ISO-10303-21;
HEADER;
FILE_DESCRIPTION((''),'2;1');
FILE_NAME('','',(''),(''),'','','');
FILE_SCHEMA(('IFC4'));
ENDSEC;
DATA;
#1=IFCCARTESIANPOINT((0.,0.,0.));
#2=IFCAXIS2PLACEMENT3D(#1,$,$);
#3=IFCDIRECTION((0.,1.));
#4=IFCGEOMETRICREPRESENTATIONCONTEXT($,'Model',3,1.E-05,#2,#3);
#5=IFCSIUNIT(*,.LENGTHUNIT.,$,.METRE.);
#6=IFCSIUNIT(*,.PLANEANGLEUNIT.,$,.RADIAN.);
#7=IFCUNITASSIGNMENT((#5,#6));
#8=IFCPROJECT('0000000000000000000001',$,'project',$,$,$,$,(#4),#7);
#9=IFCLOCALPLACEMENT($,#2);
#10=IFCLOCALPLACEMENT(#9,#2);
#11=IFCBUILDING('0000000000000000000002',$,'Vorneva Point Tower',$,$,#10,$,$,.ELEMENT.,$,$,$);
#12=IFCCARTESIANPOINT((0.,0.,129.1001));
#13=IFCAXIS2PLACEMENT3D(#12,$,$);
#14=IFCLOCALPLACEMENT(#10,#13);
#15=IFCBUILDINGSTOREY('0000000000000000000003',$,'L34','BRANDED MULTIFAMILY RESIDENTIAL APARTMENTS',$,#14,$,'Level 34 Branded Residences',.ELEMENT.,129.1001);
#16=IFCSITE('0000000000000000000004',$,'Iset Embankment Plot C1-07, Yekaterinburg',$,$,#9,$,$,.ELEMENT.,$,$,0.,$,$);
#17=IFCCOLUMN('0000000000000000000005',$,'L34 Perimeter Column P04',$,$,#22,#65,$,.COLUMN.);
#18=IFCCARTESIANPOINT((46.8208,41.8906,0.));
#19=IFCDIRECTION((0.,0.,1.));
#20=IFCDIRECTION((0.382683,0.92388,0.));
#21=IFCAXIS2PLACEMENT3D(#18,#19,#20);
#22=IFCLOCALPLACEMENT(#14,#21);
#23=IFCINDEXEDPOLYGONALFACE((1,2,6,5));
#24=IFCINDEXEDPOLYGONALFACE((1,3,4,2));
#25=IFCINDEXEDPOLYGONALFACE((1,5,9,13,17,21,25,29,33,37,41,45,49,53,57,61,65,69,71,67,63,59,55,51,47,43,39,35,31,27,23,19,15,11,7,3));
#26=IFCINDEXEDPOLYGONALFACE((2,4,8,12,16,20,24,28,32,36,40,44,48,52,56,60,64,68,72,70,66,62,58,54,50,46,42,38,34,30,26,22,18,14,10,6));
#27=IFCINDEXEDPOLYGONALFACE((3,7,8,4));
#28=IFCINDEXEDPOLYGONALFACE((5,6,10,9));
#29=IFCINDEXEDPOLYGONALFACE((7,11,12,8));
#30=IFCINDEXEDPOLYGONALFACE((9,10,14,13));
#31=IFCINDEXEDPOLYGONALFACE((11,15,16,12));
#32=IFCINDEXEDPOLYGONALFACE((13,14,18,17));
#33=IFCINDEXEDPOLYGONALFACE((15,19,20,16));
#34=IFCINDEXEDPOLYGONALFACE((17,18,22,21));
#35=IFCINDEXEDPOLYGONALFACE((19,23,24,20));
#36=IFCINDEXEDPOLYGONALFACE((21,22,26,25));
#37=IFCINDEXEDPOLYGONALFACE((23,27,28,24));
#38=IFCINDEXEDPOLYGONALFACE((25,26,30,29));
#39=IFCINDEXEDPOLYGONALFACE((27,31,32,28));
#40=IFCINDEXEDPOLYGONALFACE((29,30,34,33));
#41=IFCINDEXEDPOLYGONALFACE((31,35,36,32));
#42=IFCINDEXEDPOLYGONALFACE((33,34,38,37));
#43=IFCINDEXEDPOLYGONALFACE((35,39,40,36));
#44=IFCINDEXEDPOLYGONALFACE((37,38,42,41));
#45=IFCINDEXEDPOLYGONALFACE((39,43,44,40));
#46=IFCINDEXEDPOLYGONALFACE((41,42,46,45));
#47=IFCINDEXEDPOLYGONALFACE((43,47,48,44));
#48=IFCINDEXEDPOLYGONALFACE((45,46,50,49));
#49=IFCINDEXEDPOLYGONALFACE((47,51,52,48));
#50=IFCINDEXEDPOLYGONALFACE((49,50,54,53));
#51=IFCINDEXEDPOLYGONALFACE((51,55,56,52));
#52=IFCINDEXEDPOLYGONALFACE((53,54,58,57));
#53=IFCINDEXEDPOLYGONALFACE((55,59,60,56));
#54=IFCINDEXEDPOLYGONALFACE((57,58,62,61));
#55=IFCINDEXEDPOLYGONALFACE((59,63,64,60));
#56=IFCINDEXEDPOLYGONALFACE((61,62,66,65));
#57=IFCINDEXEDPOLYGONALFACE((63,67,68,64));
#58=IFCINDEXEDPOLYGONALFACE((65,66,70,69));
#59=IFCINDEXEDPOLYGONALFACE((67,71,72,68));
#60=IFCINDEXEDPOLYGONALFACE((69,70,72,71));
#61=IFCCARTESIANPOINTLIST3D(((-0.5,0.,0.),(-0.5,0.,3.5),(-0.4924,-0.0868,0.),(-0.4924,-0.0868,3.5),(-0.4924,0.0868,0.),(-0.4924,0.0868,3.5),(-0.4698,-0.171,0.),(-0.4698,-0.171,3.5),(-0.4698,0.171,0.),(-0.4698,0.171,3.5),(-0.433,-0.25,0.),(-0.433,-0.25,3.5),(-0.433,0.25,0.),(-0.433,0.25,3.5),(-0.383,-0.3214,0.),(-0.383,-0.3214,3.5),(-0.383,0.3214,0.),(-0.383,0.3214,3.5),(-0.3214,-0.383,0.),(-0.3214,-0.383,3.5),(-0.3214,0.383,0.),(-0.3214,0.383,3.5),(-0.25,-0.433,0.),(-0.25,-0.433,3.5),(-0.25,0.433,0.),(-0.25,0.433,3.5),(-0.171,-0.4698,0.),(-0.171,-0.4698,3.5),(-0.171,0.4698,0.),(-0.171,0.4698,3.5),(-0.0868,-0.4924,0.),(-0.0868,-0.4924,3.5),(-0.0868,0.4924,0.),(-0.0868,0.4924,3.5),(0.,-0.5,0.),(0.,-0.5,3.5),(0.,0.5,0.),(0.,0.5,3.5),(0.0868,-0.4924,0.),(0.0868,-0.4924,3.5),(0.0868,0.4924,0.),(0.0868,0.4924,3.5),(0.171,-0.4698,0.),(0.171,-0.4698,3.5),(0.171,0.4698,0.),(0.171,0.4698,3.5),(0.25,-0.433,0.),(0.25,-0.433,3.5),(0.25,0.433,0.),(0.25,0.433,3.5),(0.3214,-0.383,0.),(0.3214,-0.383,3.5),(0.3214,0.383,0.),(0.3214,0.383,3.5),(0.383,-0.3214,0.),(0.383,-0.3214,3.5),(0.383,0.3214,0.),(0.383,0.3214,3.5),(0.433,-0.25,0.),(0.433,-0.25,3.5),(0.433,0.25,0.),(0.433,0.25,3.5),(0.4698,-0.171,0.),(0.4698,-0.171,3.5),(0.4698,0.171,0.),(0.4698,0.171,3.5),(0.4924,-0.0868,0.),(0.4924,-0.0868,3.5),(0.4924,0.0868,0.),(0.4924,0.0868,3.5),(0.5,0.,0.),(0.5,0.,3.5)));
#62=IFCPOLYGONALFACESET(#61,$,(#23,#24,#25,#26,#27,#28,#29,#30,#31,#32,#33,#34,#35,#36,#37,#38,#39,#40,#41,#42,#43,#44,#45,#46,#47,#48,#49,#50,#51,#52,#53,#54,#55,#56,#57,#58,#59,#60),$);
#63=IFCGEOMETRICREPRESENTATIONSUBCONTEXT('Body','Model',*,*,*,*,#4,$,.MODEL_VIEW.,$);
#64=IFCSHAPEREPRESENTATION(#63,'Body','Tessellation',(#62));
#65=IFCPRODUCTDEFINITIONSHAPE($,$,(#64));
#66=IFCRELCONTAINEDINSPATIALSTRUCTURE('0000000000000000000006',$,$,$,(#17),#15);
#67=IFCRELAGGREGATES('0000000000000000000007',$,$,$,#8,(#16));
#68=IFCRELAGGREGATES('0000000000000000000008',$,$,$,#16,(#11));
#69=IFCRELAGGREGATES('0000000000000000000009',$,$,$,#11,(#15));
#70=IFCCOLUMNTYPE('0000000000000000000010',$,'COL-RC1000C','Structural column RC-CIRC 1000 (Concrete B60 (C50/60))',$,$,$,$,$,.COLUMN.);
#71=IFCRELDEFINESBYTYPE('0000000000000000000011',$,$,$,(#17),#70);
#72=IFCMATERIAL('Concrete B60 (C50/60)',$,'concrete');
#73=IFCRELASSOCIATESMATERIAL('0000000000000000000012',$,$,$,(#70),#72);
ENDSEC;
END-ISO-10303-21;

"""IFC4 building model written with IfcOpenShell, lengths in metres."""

from ifc_helpers import new_model, si_unit, direction, frame, origin, origin_2d, place, context, subcontext, project, spatial, circle, extrude, material, material_profile, profile_set, type_object, element, save


model = new_model("IFC4")

# Units and contexts
model_context = context("Model", 3, precision=1e-05, world=origin(), true_north=direction((0.0, 1.0)))
body_context = subcontext(model_context, "Body", "Model", "MODEL_VIEW")
ifc_project = project(units=[si_unit("LENGTHUNIT", "METRE"), si_unit("PLANEANGLEUNIT", "RADIAN")], contexts=[model_context])

# Site, building, storey
site_placement = place(None, origin())
site = spatial("IfcSite", under=ifc_project, at=site_placement, Name="Iset Embankment Plot C1-07, Yekaterinburg", CompositionType="ELEMENT", RefElevation=0.0)
building_placement = place(site_placement, origin())
building = spatial("IfcBuilding", under=site, at=building_placement, Name="Vorneva Point Tower", CompositionType="ELEMENT")
storey_placement = place(building_placement, frame((0.0, 0.0, 129.1001)))
storey = spatial("IfcBuildingStorey", under=building, at=storey_placement, Name="L34", Description="BRANDED MULTIFAMILY RESIDENTIAL APARTMENTS", LongName="Level 34 Branded Residences", CompositionType="ELEMENT", Elevation=129.1001)

# Column
ifc_material_1 = material(Name="Concrete B60 (C50/60)", Category="concrete")
ifc_material_profile_1 = material_profile(ifc_material_1, circle(Radius=0.5, at=origin_2d()), Name="RC-CIRC 1000")
ifc_profile_set_1 = profile_set([ifc_material_profile_1], Name="Concrete B60 (C50/60)")
column_type = type_object("IfcColumnType", Name="COL-RC1000C", Description="Structural column RC-CIRC 1000 (Concrete B60 (C50/60))", PredefinedType="COLUMN", material=ifc_profile_set_1)
for number, where, z_axis, x_axis, name in (
    (1, (46.8208, 41.8906, 0.0), (0.0, 0.0, 1.0), (0.382683, 0.92388, 0.0), "L34 Perimeter Column P04"),
):
    element("IfcColumn", number, at=place(storey_placement, frame(where, z_axis=z_axis, x_axis=x_axis)), inside=storey, type_object=column_type, Name=name, PredefinedType="COLUMN", context=body_context, shape_type="SweptSolid", body=[
        extrude(circle(Radius=0.5, at=origin_2d()), origin(), (0.0, 0.0, 1.0), 3.5),
    ])

save(model, "model.ifc")
